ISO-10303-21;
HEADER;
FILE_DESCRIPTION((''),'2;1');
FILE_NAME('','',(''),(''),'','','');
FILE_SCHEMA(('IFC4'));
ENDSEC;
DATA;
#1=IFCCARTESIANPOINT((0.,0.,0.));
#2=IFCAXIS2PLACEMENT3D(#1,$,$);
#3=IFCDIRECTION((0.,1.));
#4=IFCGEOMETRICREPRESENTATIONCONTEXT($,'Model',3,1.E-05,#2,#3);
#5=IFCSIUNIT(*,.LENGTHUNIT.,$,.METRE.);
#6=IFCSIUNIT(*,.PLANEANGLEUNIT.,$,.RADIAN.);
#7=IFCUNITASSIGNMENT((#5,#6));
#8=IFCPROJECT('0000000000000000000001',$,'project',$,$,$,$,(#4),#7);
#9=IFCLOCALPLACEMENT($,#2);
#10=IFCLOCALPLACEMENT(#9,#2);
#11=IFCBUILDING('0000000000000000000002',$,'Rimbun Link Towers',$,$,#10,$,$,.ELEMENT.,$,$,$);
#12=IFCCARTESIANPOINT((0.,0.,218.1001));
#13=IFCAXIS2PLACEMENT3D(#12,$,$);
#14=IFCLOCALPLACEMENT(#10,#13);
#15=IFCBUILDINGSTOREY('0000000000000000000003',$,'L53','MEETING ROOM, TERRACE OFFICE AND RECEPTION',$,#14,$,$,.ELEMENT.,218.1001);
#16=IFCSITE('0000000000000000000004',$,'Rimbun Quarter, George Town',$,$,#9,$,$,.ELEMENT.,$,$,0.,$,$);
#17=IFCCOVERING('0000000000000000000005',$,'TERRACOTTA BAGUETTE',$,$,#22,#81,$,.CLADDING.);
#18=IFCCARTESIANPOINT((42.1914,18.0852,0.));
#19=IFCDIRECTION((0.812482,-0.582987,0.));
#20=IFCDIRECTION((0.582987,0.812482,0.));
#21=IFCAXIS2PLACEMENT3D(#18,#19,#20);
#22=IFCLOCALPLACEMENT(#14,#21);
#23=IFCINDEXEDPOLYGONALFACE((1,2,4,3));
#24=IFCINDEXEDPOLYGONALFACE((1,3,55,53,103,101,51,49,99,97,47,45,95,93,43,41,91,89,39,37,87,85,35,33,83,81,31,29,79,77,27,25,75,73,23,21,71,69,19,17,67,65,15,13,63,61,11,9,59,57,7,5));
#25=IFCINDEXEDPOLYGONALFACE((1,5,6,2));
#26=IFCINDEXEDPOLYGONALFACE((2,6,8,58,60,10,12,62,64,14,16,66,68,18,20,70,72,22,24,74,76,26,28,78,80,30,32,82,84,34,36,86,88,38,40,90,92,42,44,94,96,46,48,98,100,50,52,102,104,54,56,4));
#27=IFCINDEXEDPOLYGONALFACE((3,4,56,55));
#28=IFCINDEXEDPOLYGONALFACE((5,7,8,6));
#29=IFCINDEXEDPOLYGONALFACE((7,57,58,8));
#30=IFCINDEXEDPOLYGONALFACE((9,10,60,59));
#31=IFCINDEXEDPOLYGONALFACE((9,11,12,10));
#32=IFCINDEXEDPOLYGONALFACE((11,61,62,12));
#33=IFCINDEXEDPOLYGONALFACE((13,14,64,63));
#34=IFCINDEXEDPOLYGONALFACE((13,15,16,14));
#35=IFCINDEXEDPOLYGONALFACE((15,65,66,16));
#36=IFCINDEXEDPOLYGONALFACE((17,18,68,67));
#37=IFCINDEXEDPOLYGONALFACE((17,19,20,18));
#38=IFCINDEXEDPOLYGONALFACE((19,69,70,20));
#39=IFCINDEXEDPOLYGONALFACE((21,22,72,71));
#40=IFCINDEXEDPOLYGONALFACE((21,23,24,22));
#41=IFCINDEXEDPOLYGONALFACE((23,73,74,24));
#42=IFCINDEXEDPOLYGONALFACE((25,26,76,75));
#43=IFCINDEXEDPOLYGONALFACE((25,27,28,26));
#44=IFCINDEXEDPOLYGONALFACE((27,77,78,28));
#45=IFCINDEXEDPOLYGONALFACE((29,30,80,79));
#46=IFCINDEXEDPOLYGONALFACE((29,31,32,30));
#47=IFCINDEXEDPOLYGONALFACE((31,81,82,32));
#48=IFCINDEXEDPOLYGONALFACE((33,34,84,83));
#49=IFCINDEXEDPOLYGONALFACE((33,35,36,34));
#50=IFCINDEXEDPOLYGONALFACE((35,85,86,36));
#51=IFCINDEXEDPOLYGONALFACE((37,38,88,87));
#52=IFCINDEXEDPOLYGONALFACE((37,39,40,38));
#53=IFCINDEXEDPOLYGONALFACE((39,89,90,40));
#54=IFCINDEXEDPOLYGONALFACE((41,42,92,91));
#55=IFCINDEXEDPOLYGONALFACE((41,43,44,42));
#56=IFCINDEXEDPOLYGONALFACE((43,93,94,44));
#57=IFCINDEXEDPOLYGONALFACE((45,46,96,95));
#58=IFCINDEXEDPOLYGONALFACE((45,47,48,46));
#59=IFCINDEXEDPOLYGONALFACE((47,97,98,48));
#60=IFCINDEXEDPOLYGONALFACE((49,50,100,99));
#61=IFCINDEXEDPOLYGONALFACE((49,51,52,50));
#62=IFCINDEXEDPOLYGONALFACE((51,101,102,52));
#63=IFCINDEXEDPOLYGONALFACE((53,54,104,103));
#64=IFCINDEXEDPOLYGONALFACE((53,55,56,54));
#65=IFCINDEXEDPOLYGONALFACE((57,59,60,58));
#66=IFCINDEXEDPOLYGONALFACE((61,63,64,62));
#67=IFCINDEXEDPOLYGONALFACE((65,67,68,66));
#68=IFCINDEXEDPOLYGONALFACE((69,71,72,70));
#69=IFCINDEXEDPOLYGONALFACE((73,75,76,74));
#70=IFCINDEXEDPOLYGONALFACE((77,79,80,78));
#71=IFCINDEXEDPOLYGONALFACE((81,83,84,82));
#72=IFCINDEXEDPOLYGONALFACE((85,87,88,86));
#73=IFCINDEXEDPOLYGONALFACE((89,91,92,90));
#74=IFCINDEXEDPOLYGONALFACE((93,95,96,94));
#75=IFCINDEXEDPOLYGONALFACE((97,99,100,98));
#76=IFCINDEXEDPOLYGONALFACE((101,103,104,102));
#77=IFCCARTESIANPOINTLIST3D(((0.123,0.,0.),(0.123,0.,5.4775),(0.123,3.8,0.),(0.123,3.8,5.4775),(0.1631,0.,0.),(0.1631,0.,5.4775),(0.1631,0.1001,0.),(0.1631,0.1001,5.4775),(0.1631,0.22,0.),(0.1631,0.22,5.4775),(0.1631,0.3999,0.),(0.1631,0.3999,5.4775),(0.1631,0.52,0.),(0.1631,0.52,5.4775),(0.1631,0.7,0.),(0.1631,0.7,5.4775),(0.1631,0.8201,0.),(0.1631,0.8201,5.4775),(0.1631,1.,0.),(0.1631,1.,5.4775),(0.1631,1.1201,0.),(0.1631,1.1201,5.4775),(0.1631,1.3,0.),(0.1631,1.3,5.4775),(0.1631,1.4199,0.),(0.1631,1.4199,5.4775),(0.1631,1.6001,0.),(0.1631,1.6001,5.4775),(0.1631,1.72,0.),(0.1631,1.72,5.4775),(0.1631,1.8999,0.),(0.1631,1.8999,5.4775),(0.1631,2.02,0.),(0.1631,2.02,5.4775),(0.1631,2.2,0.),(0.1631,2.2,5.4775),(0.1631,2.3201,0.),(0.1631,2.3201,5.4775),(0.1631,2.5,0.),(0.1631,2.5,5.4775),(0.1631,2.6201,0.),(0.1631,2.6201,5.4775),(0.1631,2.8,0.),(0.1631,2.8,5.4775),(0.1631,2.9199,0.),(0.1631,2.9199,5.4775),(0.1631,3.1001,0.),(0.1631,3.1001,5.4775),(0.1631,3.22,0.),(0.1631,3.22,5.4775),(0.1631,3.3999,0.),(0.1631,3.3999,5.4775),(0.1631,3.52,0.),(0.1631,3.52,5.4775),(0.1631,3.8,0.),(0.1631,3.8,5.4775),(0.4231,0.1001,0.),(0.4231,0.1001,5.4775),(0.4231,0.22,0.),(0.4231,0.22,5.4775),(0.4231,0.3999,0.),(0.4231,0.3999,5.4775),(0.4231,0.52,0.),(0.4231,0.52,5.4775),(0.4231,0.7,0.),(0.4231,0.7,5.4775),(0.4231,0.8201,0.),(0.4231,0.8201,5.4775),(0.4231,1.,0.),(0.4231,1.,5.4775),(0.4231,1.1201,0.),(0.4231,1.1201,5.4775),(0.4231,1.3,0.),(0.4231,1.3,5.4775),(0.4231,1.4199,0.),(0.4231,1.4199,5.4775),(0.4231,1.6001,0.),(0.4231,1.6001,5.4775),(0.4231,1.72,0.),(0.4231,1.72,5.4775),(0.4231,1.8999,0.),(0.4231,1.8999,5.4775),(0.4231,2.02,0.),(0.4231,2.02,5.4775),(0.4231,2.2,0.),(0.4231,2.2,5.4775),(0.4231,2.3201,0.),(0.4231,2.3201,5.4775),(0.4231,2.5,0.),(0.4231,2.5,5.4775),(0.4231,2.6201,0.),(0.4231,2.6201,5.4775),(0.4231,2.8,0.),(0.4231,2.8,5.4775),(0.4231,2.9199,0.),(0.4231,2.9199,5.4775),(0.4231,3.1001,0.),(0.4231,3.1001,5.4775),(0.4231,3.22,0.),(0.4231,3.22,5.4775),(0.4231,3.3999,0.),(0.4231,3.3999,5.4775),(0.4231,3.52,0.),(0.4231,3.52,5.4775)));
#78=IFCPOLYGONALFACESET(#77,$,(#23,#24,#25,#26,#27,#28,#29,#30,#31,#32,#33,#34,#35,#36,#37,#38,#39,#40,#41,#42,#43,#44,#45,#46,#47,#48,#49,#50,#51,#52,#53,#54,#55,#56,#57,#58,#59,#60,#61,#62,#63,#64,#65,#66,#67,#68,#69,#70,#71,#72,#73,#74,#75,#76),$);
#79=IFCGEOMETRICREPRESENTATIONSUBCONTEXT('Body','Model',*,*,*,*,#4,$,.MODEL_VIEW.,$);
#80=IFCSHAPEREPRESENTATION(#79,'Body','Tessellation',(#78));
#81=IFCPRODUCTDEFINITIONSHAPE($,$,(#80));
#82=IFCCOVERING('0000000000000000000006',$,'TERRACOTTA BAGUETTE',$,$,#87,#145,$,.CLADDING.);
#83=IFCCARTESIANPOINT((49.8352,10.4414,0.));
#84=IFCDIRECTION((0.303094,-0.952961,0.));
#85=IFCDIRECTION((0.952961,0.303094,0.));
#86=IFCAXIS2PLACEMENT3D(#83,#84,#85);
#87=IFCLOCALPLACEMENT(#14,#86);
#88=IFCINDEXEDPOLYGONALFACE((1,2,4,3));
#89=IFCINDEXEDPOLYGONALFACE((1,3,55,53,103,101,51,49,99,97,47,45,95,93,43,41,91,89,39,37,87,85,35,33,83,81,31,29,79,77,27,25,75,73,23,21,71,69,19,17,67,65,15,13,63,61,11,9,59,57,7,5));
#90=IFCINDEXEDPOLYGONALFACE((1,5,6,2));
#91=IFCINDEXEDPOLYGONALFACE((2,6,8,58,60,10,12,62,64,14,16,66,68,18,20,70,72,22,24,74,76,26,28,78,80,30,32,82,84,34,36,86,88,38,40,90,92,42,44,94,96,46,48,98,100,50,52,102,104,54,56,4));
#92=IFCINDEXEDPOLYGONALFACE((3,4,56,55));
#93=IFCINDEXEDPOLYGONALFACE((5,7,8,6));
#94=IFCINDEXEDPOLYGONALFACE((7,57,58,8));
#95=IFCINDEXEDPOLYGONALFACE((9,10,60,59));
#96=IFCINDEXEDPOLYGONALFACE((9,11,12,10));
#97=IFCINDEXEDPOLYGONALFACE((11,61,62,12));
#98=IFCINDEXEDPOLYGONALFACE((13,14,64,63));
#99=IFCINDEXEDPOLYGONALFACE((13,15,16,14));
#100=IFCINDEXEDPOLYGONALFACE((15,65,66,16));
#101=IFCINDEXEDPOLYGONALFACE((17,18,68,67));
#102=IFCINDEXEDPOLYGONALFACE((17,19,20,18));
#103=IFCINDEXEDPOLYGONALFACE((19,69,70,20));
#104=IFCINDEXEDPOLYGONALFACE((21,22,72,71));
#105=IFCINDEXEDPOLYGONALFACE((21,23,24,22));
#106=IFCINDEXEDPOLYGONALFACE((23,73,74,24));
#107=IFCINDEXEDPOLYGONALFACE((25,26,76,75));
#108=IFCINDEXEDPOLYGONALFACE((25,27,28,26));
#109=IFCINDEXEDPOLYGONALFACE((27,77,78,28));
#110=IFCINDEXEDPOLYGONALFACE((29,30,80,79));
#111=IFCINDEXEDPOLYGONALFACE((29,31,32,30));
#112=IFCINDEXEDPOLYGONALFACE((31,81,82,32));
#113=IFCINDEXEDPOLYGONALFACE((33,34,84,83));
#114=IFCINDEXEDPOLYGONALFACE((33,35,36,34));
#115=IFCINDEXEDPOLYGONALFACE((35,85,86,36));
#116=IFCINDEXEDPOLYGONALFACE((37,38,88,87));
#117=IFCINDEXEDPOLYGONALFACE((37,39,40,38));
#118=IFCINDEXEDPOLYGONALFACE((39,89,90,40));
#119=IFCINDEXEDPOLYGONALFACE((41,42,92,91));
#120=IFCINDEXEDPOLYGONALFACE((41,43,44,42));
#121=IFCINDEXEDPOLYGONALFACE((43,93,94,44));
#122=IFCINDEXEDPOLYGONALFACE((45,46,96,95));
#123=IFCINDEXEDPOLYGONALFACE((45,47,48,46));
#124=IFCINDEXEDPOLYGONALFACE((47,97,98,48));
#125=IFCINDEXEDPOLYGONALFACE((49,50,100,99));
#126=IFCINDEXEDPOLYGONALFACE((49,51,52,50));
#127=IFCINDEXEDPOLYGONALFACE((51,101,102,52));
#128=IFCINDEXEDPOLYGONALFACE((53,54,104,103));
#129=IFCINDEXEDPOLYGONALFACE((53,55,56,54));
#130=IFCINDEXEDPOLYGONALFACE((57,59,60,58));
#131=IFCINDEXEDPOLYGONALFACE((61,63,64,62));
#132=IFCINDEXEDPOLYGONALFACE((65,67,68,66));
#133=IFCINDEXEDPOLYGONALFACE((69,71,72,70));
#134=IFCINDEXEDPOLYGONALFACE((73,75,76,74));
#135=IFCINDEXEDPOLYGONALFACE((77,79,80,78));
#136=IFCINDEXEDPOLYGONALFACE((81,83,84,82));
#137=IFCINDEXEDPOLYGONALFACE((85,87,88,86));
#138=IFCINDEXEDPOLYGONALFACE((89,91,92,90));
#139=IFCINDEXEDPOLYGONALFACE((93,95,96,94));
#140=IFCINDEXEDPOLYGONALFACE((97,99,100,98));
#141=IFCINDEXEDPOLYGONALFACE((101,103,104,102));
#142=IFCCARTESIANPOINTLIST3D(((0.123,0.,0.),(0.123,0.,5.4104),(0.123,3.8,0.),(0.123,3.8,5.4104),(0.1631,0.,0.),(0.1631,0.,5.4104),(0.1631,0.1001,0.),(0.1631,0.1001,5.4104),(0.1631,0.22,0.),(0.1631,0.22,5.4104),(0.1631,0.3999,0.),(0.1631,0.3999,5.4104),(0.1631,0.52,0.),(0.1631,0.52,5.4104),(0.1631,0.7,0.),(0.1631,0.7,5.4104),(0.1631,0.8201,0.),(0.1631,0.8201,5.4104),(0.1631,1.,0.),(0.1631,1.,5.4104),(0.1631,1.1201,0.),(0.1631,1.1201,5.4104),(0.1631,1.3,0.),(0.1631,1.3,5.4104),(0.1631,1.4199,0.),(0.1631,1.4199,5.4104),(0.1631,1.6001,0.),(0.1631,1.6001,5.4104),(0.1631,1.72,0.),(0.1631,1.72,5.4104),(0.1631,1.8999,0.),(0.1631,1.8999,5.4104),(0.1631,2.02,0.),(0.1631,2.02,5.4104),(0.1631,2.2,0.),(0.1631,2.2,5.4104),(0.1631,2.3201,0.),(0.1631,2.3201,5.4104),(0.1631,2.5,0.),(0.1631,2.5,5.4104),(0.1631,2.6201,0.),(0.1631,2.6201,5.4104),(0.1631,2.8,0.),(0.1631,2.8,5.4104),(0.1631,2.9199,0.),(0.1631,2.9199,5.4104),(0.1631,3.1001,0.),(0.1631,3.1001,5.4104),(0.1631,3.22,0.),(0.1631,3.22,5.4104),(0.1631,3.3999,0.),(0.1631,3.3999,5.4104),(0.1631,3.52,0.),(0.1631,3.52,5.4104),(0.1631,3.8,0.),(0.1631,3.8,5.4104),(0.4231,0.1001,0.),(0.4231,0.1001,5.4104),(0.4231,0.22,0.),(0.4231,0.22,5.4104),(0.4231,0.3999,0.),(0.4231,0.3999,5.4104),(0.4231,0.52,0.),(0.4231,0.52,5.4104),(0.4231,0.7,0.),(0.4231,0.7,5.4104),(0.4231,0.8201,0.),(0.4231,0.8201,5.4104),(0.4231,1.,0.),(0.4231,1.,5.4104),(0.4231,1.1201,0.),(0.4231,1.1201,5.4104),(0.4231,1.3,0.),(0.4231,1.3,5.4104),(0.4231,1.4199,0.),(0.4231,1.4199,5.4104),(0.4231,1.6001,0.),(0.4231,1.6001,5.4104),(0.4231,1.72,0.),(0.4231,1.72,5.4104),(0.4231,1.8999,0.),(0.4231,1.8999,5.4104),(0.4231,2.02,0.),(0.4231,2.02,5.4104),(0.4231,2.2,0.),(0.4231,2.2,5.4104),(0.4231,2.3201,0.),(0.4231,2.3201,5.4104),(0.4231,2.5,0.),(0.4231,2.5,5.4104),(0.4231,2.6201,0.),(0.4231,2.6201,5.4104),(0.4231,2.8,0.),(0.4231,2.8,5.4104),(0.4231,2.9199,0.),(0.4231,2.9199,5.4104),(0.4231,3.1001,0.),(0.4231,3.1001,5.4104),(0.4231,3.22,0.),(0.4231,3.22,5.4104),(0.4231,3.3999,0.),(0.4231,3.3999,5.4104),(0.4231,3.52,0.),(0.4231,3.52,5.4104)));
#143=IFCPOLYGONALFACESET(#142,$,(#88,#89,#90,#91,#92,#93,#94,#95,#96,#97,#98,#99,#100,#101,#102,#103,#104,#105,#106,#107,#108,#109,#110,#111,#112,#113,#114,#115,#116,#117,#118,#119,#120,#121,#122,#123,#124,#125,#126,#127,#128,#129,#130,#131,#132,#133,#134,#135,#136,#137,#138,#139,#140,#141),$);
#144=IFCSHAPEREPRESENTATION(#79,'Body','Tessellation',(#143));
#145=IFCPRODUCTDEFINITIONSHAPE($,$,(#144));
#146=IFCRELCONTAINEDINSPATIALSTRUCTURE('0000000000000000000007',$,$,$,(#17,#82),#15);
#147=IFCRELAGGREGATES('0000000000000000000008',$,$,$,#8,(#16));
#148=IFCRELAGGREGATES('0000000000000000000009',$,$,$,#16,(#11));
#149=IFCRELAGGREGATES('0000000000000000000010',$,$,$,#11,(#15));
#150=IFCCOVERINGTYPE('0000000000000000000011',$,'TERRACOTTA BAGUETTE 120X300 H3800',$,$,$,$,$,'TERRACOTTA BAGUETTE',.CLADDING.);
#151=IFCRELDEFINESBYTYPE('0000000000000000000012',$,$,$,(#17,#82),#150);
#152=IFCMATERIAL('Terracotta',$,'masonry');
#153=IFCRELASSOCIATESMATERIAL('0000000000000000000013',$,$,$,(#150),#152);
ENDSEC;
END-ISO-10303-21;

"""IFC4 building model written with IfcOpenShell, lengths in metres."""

from ifc_helpers import new_model, si_unit, direction, frame, origin, place, context, subcontext, project, spatial, polyline, outline, extrude, material, material_profile, profile_set, type_object, element, save


model = new_model("IFC4")

# Units and contexts
model_context = context("Model", 3, precision=1e-05, world=origin(), true_north=direction((0.0, 1.0)))
body_context = subcontext(model_context, "Body", "Model", "MODEL_VIEW")
ifc_project = project(units=[si_unit("LENGTHUNIT", "METRE"), si_unit("PLANEANGLEUNIT", "RADIAN")], contexts=[model_context])

# Site, building, storey
site_placement = place(None, origin())
site = spatial("IfcSite", under=ifc_project, at=site_placement, Name="Rimbun Quarter, George Town", CompositionType="ELEMENT", RefElevation=0.0)
building_placement = place(site_placement, origin())
building = spatial("IfcBuilding", under=site, at=building_placement, Name="Rimbun Link Towers", CompositionType="ELEMENT")
storey_placement = place(building_placement, frame((0.0, 0.0, 218.1001)))
storey = spatial("IfcBuildingStorey", under=building, at=storey_placement, Name="L53", Description="MEETING ROOM, TERRACE OFFICE AND RECEPTION", CompositionType="ELEMENT", Elevation=218.1001)

# Coverings
ifc_material_1 = material(Name="Terracotta", Category="masonry")
ifc_material_profile_1 = material_profile(ifc_material_1, outline(polyline([(0.123, 0.0), (0.1631, 0.0), (0.1631, 0.1001), (0.4231, 0.1001), (0.4231, 0.22), (0.1631, 0.22), (0.1631, 0.3999), (0.4231, 0.3999), (0.4231, 0.52), (0.1631, 0.52), (0.1631, 0.7), (0.4231, 0.7), (0.4231, 0.8201), (0.1631, 0.8201), (0.1631, 1.0), (0.4231, 1.0), (0.4231, 1.1201), (0.1631, 1.1201), (0.1631, 1.3), (0.4231, 1.3), (0.4231, 1.4199), (0.1631, 1.4199), (0.1631, 1.6001), (0.4231, 1.6001), (0.4231, 1.72), (0.1631, 1.72), (0.1631, 1.8999), (0.4231, 1.8999), (0.4231, 2.02), (0.1631, 2.02), (0.1631, 2.2), (0.4231, 2.2), (0.4231, 2.3201), (0.1631, 2.3201), (0.1631, 2.5), (0.4231, 2.5), (0.4231, 2.6201), (0.1631, 2.6201), (0.1631, 2.8), (0.4231, 2.8), (0.4231, 2.9199), (0.1631, 2.9199), (0.1631, 3.1001), (0.4231, 3.1001), (0.4231, 3.22), (0.1631, 3.22), (0.1631, 3.3999), (0.4231, 3.3999), (0.4231, 3.52), (0.1631, 3.52), (0.1631, 3.8), (0.123, 3.8), (0.123, 0.0)])), Name="BAGUETTE 120X300")
ifc_profile_set_1 = profile_set([ifc_material_profile_1], Name="Terracotta")
covering_type = type_object("IfcCoveringType", Name="TERRACOTTA BAGUETTE 120X300 H3800", ElementType="TERRACOTTA BAGUETTE", PredefinedType="CLADDING", material=ifc_profile_set_1)
covering_1_placement = place(storey_placement, frame((42.1914, 18.0852, 0.0), z_axis=(0.812482, -0.582987, 0.0), x_axis=(0.582987, 0.812482, 0.0)))
element("IfcCovering", 1, at=covering_1_placement, inside=storey, type_object=covering_type, Name="TERRACOTTA BAGUETTE", PredefinedType="CLADDING", context=body_context, shape_type="SweptSolid", body=[
    extrude(outline(polyline([(0.123, 0.0), (0.1631, 0.0), (0.1631, 0.1001), (0.4231, 0.1001), (0.4231, 0.22), (0.1631, 0.22), (0.1631, 0.3999), (0.4231, 0.3999), (0.4231, 0.52), (0.1631, 0.52), (0.1631, 0.7), (0.4231, 0.7), (0.4231, 0.8201), (0.1631, 0.8201), (0.1631, 1.0), (0.4231, 1.0), (0.4231, 1.1201), (0.1631, 1.1201), (0.1631, 1.3), (0.4231, 1.3), (0.4231, 1.4199), (0.1631, 1.4199), (0.1631, 1.6001), (0.4231, 1.6001), (0.4231, 1.72), (0.1631, 1.72), (0.1631, 1.8999), (0.4231, 1.8999), (0.4231, 2.02), (0.1631, 2.02), (0.1631, 2.2), (0.4231, 2.2), (0.4231, 2.3201), (0.1631, 2.3201), (0.1631, 2.5), (0.4231, 2.5), (0.4231, 2.6201), (0.1631, 2.6201), (0.1631, 2.8), (0.4231, 2.8), (0.4231, 2.9199), (0.1631, 2.9199), (0.1631, 3.1001), (0.4231, 3.1001), (0.4231, 3.22), (0.1631, 3.22), (0.1631, 3.3999), (0.4231, 3.3999), (0.4231, 3.52), (0.1631, 3.52), (0.1631, 3.8), (0.123, 3.8), (0.123, 0.0)])), origin(), (0.0, 0.0, 1.0), 5.4775),
])
covering_2_placement = place(storey_placement, frame((49.8352, 10.4414, 0.0), z_axis=(0.303094, -0.952961, 0.0), x_axis=(0.952961, 0.303094, 0.0)))
element("IfcCovering", 2, at=covering_2_placement, inside=storey, type_object=covering_type, Name="TERRACOTTA BAGUETTE", PredefinedType="CLADDING", context=body_context, shape_type="SweptSolid", body=[
    extrude(outline(polyline([(0.123, 0.0), (0.1631, 0.0), (0.1631, 0.1001), (0.4231, 0.1001), (0.4231, 0.22), (0.1631, 0.22), (0.1631, 0.3999), (0.4231, 0.3999), (0.4231, 0.52), (0.1631, 0.52), (0.1631, 0.7), (0.4231, 0.7), (0.4231, 0.8201), (0.1631, 0.8201), (0.1631, 1.0), (0.4231, 1.0), (0.4231, 1.1201), (0.1631, 1.1201), (0.1631, 1.3), (0.4231, 1.3), (0.4231, 1.4199), (0.1631, 1.4199), (0.1631, 1.6001), (0.4231, 1.6001), (0.4231, 1.72), (0.1631, 1.72), (0.1631, 1.8999), (0.4231, 1.8999), (0.4231, 2.02), (0.1631, 2.02), (0.1631, 2.2), (0.4231, 2.2), (0.4231, 2.3201), (0.1631, 2.3201), (0.1631, 2.5), (0.4231, 2.5), (0.4231, 2.6201), (0.1631, 2.6201), (0.1631, 2.8), (0.4231, 2.8), (0.4231, 2.9199), (0.1631, 2.9199), (0.1631, 3.1001), (0.4231, 3.1001), (0.4231, 3.22), (0.1631, 3.22), (0.1631, 3.3999), (0.4231, 3.3999), (0.4231, 3.52), (0.1631, 3.52), (0.1631, 3.8), (0.123, 3.8), (0.123, 0.0)])), origin(), (0.0, 0.0, 1.0), 5.4104),
])

save(model, "model.ifc")
